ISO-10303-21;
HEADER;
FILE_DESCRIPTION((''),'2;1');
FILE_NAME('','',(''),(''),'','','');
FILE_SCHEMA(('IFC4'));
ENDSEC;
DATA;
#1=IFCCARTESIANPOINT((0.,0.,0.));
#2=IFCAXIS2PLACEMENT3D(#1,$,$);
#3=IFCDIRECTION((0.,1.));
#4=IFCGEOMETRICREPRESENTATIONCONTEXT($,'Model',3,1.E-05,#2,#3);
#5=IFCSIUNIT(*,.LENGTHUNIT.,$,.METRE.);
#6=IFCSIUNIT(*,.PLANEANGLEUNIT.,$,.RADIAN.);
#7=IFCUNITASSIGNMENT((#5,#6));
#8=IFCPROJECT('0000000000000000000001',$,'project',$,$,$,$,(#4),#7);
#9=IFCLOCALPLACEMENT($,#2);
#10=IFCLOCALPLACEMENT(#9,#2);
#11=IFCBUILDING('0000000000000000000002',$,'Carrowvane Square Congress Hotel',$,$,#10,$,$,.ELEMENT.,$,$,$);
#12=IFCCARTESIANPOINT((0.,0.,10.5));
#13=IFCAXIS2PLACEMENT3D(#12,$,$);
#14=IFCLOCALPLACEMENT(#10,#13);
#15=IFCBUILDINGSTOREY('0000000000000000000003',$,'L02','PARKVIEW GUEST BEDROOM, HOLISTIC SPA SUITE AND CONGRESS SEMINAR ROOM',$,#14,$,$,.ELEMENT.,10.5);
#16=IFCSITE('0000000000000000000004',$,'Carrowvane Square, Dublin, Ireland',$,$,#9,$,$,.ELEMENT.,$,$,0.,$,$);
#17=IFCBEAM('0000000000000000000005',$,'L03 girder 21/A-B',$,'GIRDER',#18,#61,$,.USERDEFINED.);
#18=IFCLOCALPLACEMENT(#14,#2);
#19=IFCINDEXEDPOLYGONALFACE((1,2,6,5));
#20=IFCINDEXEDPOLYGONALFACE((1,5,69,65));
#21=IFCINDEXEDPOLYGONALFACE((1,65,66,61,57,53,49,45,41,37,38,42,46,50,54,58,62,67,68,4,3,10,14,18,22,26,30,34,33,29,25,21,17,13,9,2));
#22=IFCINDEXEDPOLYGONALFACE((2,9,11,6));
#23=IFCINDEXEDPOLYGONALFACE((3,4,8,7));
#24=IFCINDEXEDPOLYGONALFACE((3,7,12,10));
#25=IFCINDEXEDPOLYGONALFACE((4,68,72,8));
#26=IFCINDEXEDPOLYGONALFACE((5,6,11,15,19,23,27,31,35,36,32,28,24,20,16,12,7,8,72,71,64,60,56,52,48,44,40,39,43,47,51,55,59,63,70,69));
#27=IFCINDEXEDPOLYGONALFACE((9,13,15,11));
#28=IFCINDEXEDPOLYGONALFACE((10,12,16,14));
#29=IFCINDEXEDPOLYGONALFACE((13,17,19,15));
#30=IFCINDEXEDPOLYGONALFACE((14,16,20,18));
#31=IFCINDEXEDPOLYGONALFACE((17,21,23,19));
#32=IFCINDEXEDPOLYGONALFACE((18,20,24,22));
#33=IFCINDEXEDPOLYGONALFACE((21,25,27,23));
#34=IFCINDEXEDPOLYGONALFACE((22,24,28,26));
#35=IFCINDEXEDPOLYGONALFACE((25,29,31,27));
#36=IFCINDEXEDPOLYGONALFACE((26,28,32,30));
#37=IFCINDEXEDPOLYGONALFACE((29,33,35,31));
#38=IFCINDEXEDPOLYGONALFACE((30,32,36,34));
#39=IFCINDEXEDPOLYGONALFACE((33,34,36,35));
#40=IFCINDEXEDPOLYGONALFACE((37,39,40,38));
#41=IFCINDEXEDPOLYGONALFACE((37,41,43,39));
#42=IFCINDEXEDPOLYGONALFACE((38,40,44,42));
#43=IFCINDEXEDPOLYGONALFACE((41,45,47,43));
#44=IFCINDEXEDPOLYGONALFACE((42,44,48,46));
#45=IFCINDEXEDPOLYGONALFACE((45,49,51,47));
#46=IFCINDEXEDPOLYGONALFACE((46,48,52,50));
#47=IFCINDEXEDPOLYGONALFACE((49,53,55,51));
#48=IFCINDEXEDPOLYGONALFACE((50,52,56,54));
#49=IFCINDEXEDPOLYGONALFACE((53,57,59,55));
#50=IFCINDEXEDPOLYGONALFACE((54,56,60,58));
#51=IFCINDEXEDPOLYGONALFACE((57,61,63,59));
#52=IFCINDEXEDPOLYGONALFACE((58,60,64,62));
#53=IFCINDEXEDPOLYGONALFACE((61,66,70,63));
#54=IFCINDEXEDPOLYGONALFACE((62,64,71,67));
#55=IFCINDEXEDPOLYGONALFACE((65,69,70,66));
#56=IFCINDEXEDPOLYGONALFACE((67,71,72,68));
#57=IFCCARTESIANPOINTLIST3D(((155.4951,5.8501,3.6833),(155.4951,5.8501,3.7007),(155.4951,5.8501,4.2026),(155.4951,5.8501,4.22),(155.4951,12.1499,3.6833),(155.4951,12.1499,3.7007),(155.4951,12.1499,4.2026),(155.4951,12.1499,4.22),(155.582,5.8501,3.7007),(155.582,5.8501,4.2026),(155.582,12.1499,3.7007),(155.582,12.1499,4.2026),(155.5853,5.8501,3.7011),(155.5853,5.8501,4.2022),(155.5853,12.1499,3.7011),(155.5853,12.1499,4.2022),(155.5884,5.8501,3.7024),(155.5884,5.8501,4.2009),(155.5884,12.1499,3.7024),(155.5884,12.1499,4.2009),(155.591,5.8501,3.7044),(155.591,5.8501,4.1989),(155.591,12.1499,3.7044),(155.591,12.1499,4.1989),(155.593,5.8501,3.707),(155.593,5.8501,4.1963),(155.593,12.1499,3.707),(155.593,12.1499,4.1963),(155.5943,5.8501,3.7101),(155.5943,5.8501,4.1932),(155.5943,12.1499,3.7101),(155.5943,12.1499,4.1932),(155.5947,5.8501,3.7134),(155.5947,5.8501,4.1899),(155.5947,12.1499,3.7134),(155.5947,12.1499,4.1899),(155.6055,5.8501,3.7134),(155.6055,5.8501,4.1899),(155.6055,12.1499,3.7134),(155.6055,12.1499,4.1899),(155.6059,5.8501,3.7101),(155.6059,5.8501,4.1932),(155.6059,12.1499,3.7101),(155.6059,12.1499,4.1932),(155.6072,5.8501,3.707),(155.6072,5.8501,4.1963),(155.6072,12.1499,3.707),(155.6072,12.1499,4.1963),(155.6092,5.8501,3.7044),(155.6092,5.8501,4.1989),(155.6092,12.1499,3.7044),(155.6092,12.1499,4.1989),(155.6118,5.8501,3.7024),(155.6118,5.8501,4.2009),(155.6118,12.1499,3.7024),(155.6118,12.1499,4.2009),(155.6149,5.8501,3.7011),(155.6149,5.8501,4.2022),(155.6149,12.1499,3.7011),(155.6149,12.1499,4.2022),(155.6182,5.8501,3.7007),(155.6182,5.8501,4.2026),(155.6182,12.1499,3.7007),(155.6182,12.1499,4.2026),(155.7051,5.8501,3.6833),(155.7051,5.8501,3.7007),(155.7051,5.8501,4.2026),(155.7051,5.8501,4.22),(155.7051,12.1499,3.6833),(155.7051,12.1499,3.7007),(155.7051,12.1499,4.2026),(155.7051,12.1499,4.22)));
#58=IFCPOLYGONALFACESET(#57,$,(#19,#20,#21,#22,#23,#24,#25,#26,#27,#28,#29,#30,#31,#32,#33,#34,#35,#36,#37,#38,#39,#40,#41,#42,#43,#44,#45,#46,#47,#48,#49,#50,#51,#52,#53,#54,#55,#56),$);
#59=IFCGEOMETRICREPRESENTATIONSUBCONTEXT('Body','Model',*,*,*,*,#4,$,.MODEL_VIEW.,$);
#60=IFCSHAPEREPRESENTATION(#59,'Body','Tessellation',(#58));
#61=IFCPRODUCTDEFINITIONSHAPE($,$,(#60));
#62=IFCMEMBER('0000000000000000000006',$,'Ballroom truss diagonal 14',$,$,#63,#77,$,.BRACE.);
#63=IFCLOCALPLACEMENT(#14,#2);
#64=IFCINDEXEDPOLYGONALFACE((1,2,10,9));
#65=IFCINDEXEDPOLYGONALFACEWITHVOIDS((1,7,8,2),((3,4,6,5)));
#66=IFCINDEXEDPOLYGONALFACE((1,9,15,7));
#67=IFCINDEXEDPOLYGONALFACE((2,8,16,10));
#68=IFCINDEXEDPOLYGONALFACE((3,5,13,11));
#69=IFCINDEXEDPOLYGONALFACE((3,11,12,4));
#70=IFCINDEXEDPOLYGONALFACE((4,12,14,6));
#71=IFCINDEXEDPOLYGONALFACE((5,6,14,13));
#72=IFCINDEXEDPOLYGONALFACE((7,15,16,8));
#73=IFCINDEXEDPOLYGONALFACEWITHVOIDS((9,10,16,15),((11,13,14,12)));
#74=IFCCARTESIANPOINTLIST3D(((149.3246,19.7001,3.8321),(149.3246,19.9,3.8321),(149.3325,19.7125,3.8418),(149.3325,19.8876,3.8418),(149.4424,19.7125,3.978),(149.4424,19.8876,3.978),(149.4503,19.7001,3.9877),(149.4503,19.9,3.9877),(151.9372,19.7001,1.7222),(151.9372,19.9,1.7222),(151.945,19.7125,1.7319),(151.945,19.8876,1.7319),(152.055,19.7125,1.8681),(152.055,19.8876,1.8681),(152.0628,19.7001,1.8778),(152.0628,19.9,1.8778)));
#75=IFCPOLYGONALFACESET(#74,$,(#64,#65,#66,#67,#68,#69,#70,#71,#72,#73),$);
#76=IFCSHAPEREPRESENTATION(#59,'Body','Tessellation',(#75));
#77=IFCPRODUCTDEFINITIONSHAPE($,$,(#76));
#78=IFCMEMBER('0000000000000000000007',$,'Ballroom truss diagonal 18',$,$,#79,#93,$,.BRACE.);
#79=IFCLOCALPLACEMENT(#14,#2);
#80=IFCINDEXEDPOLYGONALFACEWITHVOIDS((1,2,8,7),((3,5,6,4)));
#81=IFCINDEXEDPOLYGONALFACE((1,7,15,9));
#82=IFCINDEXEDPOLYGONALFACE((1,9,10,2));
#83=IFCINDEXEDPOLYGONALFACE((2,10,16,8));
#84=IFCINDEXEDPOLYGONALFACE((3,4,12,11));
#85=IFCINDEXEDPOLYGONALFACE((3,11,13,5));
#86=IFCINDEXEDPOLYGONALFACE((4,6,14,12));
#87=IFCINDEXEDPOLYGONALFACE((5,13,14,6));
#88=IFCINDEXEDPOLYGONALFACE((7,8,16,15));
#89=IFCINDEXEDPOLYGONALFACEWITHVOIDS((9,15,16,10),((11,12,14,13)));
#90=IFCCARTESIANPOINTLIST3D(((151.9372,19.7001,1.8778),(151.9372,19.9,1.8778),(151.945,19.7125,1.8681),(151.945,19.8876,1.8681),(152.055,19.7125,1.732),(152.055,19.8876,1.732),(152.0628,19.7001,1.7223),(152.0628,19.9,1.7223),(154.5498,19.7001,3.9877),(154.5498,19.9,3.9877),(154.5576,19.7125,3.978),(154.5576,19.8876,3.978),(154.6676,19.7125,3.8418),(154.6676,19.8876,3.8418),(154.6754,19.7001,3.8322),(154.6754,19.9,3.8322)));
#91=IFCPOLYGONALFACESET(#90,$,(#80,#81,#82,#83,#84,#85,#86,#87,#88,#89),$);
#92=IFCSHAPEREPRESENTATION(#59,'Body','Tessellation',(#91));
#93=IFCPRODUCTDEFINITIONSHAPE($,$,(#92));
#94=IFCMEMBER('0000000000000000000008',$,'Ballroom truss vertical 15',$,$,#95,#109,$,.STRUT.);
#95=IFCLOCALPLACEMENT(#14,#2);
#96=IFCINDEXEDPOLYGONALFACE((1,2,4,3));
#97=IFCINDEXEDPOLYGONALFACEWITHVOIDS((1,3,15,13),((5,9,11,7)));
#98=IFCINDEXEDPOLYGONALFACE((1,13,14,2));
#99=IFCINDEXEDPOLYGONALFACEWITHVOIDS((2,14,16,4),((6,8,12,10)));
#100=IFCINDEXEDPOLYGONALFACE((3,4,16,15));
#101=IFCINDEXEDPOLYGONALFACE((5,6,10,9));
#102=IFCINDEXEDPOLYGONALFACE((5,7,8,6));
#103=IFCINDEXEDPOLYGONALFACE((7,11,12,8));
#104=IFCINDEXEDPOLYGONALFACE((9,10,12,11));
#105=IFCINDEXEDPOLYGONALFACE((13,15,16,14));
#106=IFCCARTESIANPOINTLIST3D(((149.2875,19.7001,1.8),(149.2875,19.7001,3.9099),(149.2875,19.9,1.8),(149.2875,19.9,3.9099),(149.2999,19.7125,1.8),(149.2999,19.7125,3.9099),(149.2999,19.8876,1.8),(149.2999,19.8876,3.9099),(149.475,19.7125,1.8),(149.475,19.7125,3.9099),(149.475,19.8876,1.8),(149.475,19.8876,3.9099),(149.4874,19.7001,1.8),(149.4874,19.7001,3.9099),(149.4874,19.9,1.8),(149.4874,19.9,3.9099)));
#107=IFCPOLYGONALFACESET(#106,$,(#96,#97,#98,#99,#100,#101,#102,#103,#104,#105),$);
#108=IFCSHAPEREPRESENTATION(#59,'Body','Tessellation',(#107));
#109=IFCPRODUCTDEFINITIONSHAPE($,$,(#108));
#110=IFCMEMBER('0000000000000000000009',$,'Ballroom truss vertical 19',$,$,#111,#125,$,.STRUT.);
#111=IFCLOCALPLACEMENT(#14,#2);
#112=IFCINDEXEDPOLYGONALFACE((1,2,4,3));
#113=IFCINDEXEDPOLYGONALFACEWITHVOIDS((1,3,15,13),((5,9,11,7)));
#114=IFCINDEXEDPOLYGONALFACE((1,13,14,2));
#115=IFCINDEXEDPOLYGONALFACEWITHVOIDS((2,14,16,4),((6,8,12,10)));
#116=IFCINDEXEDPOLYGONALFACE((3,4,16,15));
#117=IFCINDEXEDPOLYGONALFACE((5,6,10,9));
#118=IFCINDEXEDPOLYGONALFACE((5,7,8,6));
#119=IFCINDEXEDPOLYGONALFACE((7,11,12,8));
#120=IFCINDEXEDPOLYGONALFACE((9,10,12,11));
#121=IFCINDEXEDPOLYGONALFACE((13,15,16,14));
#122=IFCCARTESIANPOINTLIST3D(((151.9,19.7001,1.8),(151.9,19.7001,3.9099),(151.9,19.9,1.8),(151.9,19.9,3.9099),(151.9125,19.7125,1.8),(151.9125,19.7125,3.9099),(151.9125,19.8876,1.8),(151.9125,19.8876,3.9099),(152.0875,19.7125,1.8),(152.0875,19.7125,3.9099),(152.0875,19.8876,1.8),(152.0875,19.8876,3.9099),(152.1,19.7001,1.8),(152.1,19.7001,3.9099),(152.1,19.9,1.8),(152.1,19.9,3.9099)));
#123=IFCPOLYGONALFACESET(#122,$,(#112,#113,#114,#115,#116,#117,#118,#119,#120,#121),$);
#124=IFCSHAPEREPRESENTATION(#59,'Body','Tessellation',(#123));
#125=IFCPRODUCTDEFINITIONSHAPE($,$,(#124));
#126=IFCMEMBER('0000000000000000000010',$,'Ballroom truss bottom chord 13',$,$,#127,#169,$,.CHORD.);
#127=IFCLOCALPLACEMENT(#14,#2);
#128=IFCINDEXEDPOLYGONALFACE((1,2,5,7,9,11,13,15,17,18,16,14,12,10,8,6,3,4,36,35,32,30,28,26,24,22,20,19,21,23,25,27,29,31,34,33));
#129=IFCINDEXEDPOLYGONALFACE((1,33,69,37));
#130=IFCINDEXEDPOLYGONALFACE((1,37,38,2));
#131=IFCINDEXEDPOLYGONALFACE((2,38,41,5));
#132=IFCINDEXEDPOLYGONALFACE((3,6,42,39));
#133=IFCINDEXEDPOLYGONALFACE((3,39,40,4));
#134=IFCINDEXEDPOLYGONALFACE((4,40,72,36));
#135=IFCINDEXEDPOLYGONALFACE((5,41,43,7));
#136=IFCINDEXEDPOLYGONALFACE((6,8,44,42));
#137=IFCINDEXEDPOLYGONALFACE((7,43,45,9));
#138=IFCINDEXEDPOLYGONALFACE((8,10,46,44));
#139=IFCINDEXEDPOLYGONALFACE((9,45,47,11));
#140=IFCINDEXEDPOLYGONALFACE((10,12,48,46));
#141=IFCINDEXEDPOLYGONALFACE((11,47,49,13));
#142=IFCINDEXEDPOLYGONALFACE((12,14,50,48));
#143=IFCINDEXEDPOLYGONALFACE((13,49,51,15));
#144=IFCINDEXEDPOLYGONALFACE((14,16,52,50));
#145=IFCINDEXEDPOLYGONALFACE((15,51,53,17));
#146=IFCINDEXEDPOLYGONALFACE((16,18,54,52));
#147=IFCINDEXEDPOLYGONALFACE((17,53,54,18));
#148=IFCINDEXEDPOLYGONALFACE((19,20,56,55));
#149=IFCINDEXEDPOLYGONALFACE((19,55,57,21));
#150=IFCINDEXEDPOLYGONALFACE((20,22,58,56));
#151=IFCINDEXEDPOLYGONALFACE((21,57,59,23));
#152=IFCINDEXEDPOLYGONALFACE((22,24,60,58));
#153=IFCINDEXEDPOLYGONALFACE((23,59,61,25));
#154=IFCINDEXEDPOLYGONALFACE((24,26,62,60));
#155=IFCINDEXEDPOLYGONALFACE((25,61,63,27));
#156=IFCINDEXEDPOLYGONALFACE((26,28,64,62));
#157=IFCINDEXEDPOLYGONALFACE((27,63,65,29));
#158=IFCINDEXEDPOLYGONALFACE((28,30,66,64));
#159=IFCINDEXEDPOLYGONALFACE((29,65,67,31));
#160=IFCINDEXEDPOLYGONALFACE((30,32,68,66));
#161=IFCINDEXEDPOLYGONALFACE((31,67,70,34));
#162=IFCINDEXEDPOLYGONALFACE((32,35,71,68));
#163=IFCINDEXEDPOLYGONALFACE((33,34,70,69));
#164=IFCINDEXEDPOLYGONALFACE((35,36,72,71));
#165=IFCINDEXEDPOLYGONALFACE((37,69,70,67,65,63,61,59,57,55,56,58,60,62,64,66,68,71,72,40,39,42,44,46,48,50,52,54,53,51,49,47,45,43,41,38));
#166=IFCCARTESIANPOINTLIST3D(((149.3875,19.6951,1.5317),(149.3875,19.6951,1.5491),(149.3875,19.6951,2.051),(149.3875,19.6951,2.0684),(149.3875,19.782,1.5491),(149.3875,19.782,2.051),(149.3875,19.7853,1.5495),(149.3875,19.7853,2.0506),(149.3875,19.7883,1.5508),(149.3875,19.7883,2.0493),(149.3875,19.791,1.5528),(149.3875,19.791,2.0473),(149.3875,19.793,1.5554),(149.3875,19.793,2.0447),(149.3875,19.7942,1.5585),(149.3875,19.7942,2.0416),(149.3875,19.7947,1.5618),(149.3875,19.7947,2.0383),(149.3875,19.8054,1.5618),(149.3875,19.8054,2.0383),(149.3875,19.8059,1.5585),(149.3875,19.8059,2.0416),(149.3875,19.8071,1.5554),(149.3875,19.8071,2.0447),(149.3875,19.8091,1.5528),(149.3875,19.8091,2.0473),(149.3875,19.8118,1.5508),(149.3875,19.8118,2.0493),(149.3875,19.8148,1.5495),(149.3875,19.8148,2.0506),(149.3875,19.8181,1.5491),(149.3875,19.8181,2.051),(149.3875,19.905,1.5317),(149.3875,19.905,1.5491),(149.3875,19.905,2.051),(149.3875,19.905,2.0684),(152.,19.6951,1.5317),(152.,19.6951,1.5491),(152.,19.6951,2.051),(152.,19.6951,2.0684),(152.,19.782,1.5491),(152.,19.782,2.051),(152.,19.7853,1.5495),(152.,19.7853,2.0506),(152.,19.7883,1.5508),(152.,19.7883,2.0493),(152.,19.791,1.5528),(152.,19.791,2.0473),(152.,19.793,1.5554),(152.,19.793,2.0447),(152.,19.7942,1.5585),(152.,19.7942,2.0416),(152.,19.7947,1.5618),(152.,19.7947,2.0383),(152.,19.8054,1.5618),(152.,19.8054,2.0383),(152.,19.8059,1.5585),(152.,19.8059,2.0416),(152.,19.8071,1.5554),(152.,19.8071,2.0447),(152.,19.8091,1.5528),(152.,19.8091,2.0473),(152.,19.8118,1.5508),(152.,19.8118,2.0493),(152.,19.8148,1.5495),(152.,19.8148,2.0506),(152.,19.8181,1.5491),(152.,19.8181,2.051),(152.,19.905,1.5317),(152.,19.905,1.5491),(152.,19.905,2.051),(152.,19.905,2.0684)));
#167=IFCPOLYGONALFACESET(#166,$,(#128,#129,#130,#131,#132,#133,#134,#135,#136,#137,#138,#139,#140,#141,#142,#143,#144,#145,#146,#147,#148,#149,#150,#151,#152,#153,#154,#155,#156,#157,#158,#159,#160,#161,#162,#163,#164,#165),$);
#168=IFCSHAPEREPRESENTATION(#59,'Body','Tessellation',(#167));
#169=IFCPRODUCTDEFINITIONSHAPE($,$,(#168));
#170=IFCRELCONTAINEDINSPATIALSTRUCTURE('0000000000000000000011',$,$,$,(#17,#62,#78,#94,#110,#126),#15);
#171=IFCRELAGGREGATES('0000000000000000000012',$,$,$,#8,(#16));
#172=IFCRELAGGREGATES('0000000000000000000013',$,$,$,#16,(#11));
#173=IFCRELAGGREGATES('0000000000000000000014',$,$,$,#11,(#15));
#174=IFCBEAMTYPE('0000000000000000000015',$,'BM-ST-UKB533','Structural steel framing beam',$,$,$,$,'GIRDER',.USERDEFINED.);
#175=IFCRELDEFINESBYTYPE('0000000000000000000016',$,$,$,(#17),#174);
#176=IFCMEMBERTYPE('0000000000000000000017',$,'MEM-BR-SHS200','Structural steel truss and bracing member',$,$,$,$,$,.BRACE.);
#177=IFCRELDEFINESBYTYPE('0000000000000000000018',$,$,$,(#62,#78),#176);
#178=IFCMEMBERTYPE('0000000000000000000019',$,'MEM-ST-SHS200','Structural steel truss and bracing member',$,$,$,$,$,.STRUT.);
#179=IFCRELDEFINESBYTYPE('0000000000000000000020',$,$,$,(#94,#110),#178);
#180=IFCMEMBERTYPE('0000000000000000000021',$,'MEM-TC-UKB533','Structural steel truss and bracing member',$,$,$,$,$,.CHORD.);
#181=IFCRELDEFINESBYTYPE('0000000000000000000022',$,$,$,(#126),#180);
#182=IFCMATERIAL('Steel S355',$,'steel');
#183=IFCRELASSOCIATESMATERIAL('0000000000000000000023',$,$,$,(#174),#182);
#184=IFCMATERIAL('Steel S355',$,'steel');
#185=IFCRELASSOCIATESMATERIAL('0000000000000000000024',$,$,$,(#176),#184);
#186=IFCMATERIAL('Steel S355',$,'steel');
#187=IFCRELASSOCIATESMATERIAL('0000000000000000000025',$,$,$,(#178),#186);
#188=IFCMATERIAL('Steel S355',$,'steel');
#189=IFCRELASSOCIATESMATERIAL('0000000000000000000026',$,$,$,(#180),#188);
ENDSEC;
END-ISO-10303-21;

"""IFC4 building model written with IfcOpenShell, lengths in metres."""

from ifc_helpers import new_model, si_unit, direction, frame, origin, origin_2d, place, context, subcontext, project, spatial, hollow_rectangle, i_section, extrude, material, material_profile, profile_set, type_object, element, save


model = new_model("IFC4")

# Units and contexts
model_context = context("Model", 3, precision=1e-05, world=origin(), true_north=direction((0.0, 1.0)))
body_context = subcontext(model_context, "Body", "Model", "MODEL_VIEW")
ifc_project = project(units=[si_unit("LENGTHUNIT", "METRE"), si_unit("PLANEANGLEUNIT", "RADIAN")], contexts=[model_context])

# Site, building, storey
site_placement = place(None, origin())
site = spatial("IfcSite", under=ifc_project, at=site_placement, Name="Carrowvane Square, Dublin, Ireland", CompositionType="ELEMENT", RefElevation=0.0)
building_placement = place(site_placement, origin())
building = spatial("IfcBuilding", under=site, at=building_placement, Name="Carrowvane Square Congress Hotel", CompositionType="ELEMENT")
storey_placement = place(building_placement, frame((0.0, 0.0, 10.5)))
storey = spatial("IfcBuildingStorey", under=building, at=storey_placement, Name="L02", Description="PARKVIEW GUEST BEDROOM, HOLISTIC SPA SUITE AND CONGRESS SEMINAR ROOM", CompositionType="ELEMENT", Elevation=10.5)

# Beam
ifc_material_1 = material(Name="Steel S355", Category="steel")
ifc_material_profile_1 = material_profile(ifc_material_1, i_section(OverallWidth=0.21, OverallDepth=0.5366, WebThickness=0.0107, FlangeThickness=0.0173, FilletRadius=0.0127, at=origin_2d()), Name="UKB 533x210x101")
ifc_profile_set_1 = profile_set([ifc_material_profile_1], Name="Steel S355")
beam_type_1 = type_object("IfcBeamType", Name="BM-ST-UKB533", Description="Structural steel framing beam", ElementType="GIRDER", PredefinedType="USERDEFINED", material=ifc_profile_set_1)
for number, where, z_axis, x_axis, name in (
    (1, (155.6001, 5.8501, 3.9517), (0.0, 1.0, 0.0), (-1.0, 0.0, 0.0), "L03 girder 21/A-B"),
):
    element("IfcBeam", number, at=place(storey_placement, frame(where, z_axis=z_axis, x_axis=x_axis)), inside=storey, type_object=beam_type_1, Name=name, ObjectType="GIRDER", PredefinedType="USERDEFINED", context=body_context, shape_type="SweptSolid", body=[
        extrude(i_section(OverallWidth=0.21, OverallDepth=0.5366, WebThickness=0.0107, FlangeThickness=0.0173, FilletRadius=0.0127, at=origin_2d()), origin(), (0.0, 0.0, 1.0), 6.2998),
    ])

# Members
ifc_material_2 = material(Name="Steel S355", Category="steel")
ifc_material_profile_2 = material_profile(ifc_material_2, hollow_rectangle(XDim=0.2, YDim=0.2, WallThickness=0.0125, at=origin_2d()), Name="SHS 200x200x12.5")
ifc_profile_set_2 = profile_set([ifc_material_profile_2], Name="Steel S355")
member_type_1 = type_object("IfcMemberType", Name="MEM-BR-SHS200", Description="Structural steel truss and bracing member", PredefinedType="BRACE", material=ifc_profile_set_2)
for number, where, z_axis, x_axis, name in (
    (2, (149.3875, 19.8, 3.9099), (0.777981, 0.0, -0.628288), (0.0, 1.0, 0.0), "Ballroom truss diagonal 14"),
    (3, (152.0, 19.8, 1.8), (0.777981, 0.0, 0.628288), (0.0, 1.0, 0.0), "Ballroom truss diagonal 18"),
):
    element("IfcMember", number, at=place(storey_placement, frame(where, z_axis=z_axis, x_axis=x_axis)), inside=storey, type_object=member_type_1, Name=name, PredefinedType="BRACE", context=body_context, shape_type="SweptSolid", body=[
        extrude(hollow_rectangle(XDim=0.2, YDim=0.2, WallThickness=0.0125, at=origin_2d()), origin(), (0.0, 0.0, 1.0), 3.3582),
    ])
ifc_material_3 = material(Name="Steel S355", Category="steel")
ifc_material_profile_3 = material_profile(ifc_material_3, hollow_rectangle(XDim=0.2, YDim=0.2, WallThickness=0.0125, at=origin_2d()), Name="SHS 200x200x12.5")
ifc_profile_set_3 = profile_set([ifc_material_profile_3], Name="Steel S355")
member_type_2 = type_object("IfcMemberType", Name="MEM-ST-SHS200", Description="Structural steel truss and bracing member", PredefinedType="STRUT", material=ifc_profile_set_3)
for number, where, z_axis, x_axis, name in (
    (4, (149.3875, 19.8, 1.8), (0.0, 0.0, 1.0), (1.0, 0.0, 0.0), "Ballroom truss vertical 15"),
    (5, (152.0, 19.8, 1.8), (0.0, 0.0, 1.0), (1.0, 0.0, 0.0), "Ballroom truss vertical 19"),
):
    element("IfcMember", number, at=place(storey_placement, frame(where, z_axis=z_axis, x_axis=x_axis)), inside=storey, type_object=member_type_2, Name=name, PredefinedType="STRUT", context=body_context, shape_type="SweptSolid", body=[
        extrude(hollow_rectangle(XDim=0.2, YDim=0.2, WallThickness=0.0125, at=origin_2d()), origin(), (0.0, 0.0, 1.0), 2.1099),
    ])
ifc_material_4 = material(Name="Steel S355", Category="steel")
ifc_material_profile_4 = material_profile(ifc_material_4, i_section(OverallWidth=0.21, OverallDepth=0.5366, WebThickness=0.0107, FlangeThickness=0.0173, FilletRadius=0.0127, at=origin_2d()), Name="UKB 533x210x101")
ifc_profile_set_4 = profile_set([ifc_material_profile_4], Name="Steel S355")
member_type_3 = type_object("IfcMemberType", Name="MEM-TC-UKB533", Description="Structural steel truss and bracing member", PredefinedType="CHORD", material=ifc_profile_set_4)
for number, where, z_axis, x_axis, name in (
    (6, (149.3875, 19.8, 1.8), (1.0, 0.0, 0.0), (0.0, 1.0, 0.0), "Ballroom truss bottom chord 13"),
):
    element("IfcMember", number, at=place(storey_placement, frame(where, z_axis=z_axis, x_axis=x_axis)), inside=storey, type_object=member_type_3, Name=name, PredefinedType="CHORD", context=body_context, shape_type="SweptSolid", body=[
        extrude(i_section(OverallWidth=0.21, OverallDepth=0.5366, WebThickness=0.0107, FlangeThickness=0.0173, FilletRadius=0.0127, at=origin_2d()), origin(), (0.0, 0.0, 1.0), 2.6125),
    ])

save(model, "model.ifc")
